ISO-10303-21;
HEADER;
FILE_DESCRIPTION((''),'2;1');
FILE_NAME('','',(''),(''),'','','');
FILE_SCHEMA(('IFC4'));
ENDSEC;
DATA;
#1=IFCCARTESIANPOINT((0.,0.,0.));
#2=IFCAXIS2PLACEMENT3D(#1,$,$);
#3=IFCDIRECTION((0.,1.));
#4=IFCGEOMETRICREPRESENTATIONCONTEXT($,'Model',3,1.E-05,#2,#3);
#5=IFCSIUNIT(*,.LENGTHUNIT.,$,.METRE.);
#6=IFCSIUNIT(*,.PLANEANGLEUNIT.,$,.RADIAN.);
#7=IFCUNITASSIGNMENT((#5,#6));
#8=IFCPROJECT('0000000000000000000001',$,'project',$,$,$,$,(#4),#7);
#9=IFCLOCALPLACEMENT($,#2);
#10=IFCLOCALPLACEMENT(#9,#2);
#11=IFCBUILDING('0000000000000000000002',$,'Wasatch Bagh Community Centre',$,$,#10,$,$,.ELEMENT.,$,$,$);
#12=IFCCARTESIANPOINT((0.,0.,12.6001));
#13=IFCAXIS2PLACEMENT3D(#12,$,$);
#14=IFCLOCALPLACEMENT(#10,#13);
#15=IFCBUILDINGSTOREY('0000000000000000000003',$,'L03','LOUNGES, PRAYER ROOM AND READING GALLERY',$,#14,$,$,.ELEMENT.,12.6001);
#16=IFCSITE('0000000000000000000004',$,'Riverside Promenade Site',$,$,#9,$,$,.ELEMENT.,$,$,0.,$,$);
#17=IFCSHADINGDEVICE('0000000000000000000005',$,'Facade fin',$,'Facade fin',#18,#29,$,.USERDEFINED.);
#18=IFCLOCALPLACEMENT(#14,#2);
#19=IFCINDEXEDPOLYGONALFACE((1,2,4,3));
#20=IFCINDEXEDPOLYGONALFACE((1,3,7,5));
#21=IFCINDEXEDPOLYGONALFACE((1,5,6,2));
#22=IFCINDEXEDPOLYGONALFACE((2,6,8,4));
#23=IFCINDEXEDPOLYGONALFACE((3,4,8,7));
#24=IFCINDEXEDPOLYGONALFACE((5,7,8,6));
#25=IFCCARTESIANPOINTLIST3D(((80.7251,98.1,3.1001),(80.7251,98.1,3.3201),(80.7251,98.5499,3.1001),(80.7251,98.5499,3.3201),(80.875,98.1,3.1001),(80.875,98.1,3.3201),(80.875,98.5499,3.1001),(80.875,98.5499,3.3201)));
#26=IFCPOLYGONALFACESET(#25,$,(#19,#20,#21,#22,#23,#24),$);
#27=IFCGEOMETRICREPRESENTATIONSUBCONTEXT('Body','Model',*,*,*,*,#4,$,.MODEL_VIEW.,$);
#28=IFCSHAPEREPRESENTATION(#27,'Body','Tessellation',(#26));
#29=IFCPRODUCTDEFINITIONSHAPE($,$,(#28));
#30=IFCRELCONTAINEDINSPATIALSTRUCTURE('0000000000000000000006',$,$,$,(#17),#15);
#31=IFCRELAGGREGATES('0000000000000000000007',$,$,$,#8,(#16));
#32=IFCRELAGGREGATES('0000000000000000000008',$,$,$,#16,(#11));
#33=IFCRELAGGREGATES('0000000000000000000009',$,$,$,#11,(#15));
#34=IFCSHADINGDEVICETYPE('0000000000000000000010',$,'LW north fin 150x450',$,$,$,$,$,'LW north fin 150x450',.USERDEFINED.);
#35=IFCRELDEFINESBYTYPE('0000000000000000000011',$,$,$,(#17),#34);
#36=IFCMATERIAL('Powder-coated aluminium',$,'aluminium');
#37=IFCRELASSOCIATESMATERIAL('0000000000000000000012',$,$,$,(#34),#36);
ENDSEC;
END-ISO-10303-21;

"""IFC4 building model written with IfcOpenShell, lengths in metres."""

from ifc_helpers import new_model, si_unit, direction, frame, origin, origin_2d, place, context, subcontext, project, spatial, rectangle, extrude, material, type_object, element, save


model = new_model("IFC4")

# Units and contexts
model_context = context("Model", 3, precision=1e-05, world=origin(), true_north=direction((0.0, 1.0)))
body_context = subcontext(model_context, "Body", "Model", "MODEL_VIEW")
ifc_project = project(units=[si_unit("LENGTHUNIT", "METRE"), si_unit("PLANEANGLEUNIT", "RADIAN")], contexts=[model_context])

# Site, building, storey
site_placement = place(None, origin())
site = spatial("IfcSite", under=ifc_project, at=site_placement, Name="Riverside Promenade Site", CompositionType="ELEMENT", RefElevation=0.0)
building_placement = place(site_placement, origin())
building = spatial("IfcBuilding", under=site, at=building_placement, Name="Wasatch Bagh Community Centre", CompositionType="ELEMENT")
storey_placement = place(building_placement, frame((0.0, 0.0, 12.6001)))
storey = spatial("IfcBuildingStorey", under=building, at=storey_placement, Name="L03", Description="LOUNGES, PRAYER ROOM AND READING GALLERY", CompositionType="ELEMENT", Elevation=12.6001)

# Shading device
ifc_material_1 = material(Name="Powder-coated aluminium", Category="aluminium")
shading_device_type = type_object("IfcShadingDeviceType", Name="LW north fin 150x450", ElementType="LW north fin 150x450", PredefinedType="USERDEFINED", material=ifc_material_1)
shading_device_placement = place(storey_placement, frame((80.8, 98.325, 3.1001), z_axis=(0.0, 0.0, 1.0), x_axis=(1.0, 0.0, 0.0)))
element("IfcShadingDevice", 1, at=shading_device_placement, inside=storey, type_object=shading_device_type, Name="Facade fin", ObjectType="Facade fin", PredefinedType="USERDEFINED", context=body_context, shape_type="SweptSolid", body=[
    extrude(rectangle(XDim=0.1499, YDim=0.45, at=origin_2d()), origin(), (0.0, 0.0, 1.0), 0.22),
])

save(model, "model.ifc")
